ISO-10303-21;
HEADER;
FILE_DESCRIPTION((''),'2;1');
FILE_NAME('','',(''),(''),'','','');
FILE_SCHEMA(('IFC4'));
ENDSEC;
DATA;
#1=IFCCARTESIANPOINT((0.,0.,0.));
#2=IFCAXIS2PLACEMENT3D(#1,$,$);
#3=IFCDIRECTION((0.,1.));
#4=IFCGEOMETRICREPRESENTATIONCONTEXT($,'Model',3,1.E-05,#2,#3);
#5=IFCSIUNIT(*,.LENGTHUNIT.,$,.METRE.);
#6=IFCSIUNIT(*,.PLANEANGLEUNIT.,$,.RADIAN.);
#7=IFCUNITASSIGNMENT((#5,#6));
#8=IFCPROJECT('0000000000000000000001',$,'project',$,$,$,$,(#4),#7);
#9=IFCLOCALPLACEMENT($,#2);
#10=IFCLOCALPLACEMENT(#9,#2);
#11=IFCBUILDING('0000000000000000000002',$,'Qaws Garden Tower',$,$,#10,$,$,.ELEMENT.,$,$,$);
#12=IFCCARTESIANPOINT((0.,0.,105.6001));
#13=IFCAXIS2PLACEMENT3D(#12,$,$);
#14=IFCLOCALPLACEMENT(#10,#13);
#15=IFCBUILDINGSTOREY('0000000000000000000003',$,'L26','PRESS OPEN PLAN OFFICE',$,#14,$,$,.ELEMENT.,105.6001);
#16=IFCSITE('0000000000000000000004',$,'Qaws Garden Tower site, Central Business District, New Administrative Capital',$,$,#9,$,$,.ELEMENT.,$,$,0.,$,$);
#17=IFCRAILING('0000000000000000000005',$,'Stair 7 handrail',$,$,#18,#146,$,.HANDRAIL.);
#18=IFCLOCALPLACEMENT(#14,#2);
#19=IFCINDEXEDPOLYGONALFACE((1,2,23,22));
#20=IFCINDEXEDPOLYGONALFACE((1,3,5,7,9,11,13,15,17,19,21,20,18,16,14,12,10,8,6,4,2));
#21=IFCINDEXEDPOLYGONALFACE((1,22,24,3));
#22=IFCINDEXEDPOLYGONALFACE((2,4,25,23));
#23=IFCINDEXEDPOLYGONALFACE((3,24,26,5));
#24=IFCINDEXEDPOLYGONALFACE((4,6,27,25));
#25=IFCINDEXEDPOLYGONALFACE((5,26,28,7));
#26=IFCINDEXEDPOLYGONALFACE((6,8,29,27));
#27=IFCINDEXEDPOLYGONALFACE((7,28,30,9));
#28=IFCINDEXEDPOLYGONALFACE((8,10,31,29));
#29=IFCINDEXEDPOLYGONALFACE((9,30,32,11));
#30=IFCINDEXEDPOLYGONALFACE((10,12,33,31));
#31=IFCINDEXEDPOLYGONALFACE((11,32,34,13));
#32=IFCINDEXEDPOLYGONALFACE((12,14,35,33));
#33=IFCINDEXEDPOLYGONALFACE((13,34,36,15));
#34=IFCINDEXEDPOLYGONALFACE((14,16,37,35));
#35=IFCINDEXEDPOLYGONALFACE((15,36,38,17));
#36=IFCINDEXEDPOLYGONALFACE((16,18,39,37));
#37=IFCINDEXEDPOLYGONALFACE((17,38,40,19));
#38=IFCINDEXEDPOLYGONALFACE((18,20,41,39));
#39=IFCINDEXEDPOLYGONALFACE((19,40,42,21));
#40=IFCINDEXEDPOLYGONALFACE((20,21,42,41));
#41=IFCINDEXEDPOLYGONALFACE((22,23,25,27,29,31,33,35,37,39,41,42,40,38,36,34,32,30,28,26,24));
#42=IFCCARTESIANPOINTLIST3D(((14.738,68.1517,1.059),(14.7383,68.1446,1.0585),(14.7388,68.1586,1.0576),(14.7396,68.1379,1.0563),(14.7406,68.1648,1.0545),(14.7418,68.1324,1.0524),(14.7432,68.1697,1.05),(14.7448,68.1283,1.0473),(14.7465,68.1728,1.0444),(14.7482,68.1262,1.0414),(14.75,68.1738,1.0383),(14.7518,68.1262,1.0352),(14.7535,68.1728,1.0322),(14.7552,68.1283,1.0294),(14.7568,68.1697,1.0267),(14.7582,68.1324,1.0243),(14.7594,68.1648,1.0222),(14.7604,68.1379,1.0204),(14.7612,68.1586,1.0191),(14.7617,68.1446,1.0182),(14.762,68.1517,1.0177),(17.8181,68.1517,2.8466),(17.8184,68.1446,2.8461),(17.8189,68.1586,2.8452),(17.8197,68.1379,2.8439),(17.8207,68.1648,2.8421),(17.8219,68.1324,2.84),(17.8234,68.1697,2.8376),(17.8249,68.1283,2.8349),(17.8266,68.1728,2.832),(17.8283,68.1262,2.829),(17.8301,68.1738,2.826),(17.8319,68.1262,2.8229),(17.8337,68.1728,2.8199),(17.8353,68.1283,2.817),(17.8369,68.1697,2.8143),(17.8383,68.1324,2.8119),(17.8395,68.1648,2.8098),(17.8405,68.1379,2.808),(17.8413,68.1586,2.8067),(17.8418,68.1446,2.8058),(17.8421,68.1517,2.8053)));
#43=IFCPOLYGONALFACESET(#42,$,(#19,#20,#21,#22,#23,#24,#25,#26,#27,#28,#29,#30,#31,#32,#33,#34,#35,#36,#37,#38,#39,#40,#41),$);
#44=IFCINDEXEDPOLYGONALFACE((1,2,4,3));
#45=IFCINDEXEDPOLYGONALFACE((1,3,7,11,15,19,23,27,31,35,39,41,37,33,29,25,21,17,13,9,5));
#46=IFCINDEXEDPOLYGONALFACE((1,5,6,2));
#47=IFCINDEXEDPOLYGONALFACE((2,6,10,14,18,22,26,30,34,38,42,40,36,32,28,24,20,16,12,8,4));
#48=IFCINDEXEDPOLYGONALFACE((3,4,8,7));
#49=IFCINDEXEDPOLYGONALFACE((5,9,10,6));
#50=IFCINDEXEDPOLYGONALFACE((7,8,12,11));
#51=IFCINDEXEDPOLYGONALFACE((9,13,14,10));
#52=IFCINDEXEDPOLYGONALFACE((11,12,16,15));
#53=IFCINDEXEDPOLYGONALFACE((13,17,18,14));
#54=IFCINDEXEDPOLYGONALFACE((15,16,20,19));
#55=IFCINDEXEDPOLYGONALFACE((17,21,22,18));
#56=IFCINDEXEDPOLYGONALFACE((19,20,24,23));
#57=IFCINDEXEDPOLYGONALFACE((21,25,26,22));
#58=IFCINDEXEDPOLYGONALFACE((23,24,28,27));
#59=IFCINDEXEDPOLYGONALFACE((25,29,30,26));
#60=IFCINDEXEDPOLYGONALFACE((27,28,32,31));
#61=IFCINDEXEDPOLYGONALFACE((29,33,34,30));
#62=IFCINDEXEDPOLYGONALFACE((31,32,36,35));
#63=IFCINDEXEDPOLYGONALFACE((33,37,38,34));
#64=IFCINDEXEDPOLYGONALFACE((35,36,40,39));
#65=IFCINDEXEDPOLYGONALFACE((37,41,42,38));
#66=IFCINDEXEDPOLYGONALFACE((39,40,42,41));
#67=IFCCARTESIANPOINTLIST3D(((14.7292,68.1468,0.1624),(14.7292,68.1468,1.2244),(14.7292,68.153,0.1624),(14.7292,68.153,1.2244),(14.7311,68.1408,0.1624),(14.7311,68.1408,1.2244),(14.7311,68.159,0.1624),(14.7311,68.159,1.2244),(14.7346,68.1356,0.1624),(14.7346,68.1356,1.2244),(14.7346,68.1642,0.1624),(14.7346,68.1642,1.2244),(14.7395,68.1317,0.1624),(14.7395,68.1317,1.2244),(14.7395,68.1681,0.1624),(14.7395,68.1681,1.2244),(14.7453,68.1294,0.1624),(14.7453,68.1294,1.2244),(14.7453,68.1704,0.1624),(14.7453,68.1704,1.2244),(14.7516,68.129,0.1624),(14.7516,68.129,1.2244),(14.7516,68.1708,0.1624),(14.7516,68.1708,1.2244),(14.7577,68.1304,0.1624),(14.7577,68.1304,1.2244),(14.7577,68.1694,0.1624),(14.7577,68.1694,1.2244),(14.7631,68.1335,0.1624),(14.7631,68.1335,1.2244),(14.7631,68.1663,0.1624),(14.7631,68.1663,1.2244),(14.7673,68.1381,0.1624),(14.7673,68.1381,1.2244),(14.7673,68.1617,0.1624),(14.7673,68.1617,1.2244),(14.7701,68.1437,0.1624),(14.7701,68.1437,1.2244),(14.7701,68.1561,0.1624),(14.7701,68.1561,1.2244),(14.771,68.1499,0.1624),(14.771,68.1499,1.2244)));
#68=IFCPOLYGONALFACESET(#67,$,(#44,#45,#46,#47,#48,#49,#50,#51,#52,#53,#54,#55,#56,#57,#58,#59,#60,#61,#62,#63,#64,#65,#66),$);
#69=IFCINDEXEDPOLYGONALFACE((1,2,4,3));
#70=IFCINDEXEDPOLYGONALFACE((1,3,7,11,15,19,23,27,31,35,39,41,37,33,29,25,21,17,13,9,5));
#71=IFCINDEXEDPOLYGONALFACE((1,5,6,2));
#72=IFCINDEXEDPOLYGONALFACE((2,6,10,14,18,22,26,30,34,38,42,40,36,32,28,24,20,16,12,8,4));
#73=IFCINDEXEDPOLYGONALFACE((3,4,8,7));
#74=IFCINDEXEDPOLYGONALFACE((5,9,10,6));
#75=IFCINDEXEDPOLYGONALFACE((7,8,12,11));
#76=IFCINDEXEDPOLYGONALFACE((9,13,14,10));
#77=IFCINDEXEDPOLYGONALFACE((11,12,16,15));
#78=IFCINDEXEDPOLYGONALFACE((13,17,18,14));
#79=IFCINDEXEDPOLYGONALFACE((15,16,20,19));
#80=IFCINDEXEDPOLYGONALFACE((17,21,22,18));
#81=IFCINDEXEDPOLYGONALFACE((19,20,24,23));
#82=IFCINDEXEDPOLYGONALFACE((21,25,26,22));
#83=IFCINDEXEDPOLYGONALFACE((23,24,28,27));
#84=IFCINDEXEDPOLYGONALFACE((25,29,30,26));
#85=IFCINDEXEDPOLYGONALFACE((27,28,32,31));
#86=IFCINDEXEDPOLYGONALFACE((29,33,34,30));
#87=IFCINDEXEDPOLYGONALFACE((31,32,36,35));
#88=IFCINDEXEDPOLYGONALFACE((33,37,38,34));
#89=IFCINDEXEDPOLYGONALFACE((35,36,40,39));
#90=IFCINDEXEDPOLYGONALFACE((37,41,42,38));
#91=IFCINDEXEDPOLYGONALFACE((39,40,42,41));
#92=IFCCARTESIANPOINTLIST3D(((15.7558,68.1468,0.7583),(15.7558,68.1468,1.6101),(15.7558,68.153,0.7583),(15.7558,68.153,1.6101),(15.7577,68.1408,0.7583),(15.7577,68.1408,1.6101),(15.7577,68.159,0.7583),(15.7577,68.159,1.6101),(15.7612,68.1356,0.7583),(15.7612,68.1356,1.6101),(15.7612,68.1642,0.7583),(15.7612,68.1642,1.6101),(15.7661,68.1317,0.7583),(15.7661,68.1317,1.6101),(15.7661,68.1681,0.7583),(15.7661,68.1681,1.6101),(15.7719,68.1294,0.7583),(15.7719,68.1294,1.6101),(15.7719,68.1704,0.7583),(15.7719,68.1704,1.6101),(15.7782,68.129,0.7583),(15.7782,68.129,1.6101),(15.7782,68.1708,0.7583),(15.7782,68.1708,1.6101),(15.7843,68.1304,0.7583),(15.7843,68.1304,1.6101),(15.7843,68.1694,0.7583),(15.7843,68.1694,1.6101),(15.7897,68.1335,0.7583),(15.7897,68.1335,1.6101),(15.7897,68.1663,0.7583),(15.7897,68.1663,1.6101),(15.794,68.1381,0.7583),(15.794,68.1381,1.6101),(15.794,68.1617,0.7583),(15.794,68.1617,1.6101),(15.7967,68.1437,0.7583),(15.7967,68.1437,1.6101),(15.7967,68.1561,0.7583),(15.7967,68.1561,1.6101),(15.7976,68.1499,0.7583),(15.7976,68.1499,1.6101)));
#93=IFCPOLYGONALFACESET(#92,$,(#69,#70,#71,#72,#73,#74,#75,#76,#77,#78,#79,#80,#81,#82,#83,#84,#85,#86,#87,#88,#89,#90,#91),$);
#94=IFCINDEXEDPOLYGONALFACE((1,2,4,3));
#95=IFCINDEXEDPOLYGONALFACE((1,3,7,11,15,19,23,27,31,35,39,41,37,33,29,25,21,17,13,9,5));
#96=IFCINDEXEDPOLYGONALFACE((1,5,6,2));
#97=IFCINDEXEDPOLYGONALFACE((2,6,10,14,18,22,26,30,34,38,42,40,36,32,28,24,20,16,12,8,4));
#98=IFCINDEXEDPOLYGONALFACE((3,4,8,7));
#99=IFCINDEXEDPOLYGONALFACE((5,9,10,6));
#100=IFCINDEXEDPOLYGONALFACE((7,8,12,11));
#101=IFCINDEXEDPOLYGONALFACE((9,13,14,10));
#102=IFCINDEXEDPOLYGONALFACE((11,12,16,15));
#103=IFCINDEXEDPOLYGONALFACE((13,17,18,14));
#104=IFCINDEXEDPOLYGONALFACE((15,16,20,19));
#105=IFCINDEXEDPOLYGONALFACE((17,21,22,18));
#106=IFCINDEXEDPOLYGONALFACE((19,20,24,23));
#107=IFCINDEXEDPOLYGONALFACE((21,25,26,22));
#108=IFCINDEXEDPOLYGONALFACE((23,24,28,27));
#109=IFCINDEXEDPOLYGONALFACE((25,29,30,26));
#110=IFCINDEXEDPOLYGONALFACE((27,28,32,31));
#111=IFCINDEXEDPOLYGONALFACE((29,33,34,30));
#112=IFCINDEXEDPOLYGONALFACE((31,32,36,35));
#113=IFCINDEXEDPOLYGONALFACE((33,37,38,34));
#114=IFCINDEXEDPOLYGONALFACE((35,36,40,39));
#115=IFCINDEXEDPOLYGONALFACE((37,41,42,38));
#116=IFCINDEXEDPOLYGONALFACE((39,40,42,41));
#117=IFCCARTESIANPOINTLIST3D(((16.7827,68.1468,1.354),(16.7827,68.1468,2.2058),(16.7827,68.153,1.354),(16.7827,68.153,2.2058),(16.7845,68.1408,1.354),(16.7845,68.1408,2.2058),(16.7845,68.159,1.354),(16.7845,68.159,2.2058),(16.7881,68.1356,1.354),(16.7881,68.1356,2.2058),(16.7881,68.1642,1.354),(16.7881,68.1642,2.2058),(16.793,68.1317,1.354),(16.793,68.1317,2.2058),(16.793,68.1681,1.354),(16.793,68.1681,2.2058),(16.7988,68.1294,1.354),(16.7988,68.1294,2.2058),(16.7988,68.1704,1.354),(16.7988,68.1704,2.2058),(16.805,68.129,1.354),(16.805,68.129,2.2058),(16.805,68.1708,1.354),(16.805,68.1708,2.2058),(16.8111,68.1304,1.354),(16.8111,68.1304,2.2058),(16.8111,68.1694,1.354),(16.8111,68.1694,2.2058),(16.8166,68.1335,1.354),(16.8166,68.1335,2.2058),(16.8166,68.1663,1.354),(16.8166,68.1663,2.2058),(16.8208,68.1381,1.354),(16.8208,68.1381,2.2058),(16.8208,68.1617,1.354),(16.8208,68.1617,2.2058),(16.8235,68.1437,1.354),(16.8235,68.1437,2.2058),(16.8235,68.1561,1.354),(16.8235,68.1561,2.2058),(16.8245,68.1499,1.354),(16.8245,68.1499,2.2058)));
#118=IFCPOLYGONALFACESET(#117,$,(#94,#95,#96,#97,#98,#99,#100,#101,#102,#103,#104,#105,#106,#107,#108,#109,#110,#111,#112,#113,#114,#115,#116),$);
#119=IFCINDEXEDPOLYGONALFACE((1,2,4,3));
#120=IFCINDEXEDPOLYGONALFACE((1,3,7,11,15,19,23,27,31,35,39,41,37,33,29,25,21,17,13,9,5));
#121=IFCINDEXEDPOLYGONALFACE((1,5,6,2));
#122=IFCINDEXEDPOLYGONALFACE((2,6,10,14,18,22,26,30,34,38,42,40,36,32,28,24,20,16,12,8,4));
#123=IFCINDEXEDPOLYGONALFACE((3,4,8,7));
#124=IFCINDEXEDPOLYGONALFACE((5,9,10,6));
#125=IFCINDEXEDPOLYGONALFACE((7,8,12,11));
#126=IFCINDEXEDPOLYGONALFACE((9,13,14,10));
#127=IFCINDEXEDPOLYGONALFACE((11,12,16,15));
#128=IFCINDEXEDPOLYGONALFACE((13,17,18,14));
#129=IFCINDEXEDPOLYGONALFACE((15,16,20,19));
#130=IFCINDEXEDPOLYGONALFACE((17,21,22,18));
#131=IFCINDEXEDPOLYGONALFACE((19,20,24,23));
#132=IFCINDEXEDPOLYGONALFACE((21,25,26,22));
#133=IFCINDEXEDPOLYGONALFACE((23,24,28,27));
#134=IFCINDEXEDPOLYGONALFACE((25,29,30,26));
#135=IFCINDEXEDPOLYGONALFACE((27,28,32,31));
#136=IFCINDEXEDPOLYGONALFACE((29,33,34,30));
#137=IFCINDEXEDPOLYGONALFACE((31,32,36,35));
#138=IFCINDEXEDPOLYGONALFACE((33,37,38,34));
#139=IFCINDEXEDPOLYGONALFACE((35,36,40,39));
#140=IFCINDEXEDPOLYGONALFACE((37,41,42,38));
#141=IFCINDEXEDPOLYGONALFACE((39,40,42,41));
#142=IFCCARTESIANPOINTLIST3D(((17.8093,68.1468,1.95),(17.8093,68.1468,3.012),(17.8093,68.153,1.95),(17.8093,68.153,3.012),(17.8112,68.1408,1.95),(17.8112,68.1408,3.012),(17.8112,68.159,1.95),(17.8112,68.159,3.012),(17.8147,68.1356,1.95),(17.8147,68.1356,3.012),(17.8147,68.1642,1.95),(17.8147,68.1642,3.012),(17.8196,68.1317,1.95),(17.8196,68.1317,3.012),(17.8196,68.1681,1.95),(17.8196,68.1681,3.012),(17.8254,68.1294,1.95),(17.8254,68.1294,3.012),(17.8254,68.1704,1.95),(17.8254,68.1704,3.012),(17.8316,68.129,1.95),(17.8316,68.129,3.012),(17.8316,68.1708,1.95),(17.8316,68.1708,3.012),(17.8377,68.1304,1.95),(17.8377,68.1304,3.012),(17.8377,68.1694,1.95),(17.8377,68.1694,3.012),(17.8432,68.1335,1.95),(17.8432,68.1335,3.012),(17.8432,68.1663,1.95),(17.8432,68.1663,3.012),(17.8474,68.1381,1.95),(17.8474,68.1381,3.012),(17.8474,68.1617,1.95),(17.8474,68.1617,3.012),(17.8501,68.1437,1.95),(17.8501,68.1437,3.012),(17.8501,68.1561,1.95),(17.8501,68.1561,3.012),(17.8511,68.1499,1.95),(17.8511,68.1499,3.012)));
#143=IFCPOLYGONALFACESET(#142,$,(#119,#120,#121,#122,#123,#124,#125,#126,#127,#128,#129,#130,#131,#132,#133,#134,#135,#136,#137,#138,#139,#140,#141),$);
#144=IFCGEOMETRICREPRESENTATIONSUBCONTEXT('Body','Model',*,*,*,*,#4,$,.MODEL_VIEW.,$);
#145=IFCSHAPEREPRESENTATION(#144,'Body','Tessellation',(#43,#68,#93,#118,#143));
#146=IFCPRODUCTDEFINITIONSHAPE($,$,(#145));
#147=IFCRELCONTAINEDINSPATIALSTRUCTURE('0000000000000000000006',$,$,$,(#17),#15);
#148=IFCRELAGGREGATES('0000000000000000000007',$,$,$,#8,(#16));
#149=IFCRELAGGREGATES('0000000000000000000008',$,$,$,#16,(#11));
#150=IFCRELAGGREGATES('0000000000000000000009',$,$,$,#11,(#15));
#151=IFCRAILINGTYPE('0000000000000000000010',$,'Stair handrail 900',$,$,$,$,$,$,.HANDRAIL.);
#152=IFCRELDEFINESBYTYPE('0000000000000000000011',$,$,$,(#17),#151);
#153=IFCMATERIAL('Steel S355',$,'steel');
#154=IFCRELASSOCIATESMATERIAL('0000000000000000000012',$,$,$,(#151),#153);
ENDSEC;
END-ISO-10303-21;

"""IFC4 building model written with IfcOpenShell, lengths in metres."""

from ifc_helpers import new_model, si_unit, direction, frame, origin, origin_2d, place, context, subcontext, project, spatial, circle, extrude, material, type_object, element, save


model = new_model("IFC4")

# Units and contexts
model_context = context("Model", 3, precision=1e-05, world=origin(), true_north=direction((0.0, 1.0)))
body_context = subcontext(model_context, "Body", "Model", "MODEL_VIEW")
ifc_project = project(units=[si_unit("LENGTHUNIT", "METRE"), si_unit("PLANEANGLEUNIT", "RADIAN")], contexts=[model_context])

# Site, building, storey
site_placement = place(None, origin())
site = spatial("IfcSite", under=ifc_project, at=site_placement, Name="Qaws Garden Tower site, Central Business District, New Administrative Capital", CompositionType="ELEMENT", RefElevation=0.0)
building_placement = place(site_placement, origin())
building = spatial("IfcBuilding", under=site, at=building_placement, Name="Qaws Garden Tower", CompositionType="ELEMENT")
storey_placement = place(building_placement, frame((0.0, 0.0, 105.6001)))
storey = spatial("IfcBuildingStorey", under=building, at=storey_placement, Name="L26", Description="PRESS OPEN PLAN OFFICE", CompositionType="ELEMENT", Elevation=105.6001)

# Railing
ifc_material_1 = material(Name="Steel S355", Category="steel")
railing_type = type_object("IfcRailingType", Name="Stair handrail 900", PredefinedType="HANDRAIL", material=ifc_material_1)
railing_1_placement = place(storey_placement, frame((14.75, 68.1499, 0.1624)))
element("IfcRailing", 1, at=railing_1_placement, inside=storey, type_object=railing_type, Name="Stair 7 handrail", PredefinedType="HANDRAIL", context=body_context, shape_type="SweptSolid", body=[
    extrude(circle(Radius=0.0239, at=origin_2d()), frame((0.0, 0.0, 0.876), z_axis=(0.864891, 0.0, 0.50196), x_axis=(0.0, 1.0, 0.0)), (0.0, 0.0, 1.0), 3.5613),
    extrude(circle(Radius=0.021, at=origin_2d()), origin(), (0.0, 0.0, 1.0), 1.062),
    extrude(circle(Radius=0.021, at=origin_2d()), frame((1.0266, 0.0, 0.5959)), (0.0, 0.0, 1.0), 0.8518),
    extrude(circle(Radius=0.021, at=origin_2d()), frame((2.0535, 0.0, 1.1917)), (0.0, 0.0, 1.0), 0.8518),
    extrude(circle(Radius=0.021, at=origin_2d()), frame((3.0801, 0.0, 1.7876)), (0.0, 0.0, 1.0), 1.062),
])

save(model, "model.ifc")
